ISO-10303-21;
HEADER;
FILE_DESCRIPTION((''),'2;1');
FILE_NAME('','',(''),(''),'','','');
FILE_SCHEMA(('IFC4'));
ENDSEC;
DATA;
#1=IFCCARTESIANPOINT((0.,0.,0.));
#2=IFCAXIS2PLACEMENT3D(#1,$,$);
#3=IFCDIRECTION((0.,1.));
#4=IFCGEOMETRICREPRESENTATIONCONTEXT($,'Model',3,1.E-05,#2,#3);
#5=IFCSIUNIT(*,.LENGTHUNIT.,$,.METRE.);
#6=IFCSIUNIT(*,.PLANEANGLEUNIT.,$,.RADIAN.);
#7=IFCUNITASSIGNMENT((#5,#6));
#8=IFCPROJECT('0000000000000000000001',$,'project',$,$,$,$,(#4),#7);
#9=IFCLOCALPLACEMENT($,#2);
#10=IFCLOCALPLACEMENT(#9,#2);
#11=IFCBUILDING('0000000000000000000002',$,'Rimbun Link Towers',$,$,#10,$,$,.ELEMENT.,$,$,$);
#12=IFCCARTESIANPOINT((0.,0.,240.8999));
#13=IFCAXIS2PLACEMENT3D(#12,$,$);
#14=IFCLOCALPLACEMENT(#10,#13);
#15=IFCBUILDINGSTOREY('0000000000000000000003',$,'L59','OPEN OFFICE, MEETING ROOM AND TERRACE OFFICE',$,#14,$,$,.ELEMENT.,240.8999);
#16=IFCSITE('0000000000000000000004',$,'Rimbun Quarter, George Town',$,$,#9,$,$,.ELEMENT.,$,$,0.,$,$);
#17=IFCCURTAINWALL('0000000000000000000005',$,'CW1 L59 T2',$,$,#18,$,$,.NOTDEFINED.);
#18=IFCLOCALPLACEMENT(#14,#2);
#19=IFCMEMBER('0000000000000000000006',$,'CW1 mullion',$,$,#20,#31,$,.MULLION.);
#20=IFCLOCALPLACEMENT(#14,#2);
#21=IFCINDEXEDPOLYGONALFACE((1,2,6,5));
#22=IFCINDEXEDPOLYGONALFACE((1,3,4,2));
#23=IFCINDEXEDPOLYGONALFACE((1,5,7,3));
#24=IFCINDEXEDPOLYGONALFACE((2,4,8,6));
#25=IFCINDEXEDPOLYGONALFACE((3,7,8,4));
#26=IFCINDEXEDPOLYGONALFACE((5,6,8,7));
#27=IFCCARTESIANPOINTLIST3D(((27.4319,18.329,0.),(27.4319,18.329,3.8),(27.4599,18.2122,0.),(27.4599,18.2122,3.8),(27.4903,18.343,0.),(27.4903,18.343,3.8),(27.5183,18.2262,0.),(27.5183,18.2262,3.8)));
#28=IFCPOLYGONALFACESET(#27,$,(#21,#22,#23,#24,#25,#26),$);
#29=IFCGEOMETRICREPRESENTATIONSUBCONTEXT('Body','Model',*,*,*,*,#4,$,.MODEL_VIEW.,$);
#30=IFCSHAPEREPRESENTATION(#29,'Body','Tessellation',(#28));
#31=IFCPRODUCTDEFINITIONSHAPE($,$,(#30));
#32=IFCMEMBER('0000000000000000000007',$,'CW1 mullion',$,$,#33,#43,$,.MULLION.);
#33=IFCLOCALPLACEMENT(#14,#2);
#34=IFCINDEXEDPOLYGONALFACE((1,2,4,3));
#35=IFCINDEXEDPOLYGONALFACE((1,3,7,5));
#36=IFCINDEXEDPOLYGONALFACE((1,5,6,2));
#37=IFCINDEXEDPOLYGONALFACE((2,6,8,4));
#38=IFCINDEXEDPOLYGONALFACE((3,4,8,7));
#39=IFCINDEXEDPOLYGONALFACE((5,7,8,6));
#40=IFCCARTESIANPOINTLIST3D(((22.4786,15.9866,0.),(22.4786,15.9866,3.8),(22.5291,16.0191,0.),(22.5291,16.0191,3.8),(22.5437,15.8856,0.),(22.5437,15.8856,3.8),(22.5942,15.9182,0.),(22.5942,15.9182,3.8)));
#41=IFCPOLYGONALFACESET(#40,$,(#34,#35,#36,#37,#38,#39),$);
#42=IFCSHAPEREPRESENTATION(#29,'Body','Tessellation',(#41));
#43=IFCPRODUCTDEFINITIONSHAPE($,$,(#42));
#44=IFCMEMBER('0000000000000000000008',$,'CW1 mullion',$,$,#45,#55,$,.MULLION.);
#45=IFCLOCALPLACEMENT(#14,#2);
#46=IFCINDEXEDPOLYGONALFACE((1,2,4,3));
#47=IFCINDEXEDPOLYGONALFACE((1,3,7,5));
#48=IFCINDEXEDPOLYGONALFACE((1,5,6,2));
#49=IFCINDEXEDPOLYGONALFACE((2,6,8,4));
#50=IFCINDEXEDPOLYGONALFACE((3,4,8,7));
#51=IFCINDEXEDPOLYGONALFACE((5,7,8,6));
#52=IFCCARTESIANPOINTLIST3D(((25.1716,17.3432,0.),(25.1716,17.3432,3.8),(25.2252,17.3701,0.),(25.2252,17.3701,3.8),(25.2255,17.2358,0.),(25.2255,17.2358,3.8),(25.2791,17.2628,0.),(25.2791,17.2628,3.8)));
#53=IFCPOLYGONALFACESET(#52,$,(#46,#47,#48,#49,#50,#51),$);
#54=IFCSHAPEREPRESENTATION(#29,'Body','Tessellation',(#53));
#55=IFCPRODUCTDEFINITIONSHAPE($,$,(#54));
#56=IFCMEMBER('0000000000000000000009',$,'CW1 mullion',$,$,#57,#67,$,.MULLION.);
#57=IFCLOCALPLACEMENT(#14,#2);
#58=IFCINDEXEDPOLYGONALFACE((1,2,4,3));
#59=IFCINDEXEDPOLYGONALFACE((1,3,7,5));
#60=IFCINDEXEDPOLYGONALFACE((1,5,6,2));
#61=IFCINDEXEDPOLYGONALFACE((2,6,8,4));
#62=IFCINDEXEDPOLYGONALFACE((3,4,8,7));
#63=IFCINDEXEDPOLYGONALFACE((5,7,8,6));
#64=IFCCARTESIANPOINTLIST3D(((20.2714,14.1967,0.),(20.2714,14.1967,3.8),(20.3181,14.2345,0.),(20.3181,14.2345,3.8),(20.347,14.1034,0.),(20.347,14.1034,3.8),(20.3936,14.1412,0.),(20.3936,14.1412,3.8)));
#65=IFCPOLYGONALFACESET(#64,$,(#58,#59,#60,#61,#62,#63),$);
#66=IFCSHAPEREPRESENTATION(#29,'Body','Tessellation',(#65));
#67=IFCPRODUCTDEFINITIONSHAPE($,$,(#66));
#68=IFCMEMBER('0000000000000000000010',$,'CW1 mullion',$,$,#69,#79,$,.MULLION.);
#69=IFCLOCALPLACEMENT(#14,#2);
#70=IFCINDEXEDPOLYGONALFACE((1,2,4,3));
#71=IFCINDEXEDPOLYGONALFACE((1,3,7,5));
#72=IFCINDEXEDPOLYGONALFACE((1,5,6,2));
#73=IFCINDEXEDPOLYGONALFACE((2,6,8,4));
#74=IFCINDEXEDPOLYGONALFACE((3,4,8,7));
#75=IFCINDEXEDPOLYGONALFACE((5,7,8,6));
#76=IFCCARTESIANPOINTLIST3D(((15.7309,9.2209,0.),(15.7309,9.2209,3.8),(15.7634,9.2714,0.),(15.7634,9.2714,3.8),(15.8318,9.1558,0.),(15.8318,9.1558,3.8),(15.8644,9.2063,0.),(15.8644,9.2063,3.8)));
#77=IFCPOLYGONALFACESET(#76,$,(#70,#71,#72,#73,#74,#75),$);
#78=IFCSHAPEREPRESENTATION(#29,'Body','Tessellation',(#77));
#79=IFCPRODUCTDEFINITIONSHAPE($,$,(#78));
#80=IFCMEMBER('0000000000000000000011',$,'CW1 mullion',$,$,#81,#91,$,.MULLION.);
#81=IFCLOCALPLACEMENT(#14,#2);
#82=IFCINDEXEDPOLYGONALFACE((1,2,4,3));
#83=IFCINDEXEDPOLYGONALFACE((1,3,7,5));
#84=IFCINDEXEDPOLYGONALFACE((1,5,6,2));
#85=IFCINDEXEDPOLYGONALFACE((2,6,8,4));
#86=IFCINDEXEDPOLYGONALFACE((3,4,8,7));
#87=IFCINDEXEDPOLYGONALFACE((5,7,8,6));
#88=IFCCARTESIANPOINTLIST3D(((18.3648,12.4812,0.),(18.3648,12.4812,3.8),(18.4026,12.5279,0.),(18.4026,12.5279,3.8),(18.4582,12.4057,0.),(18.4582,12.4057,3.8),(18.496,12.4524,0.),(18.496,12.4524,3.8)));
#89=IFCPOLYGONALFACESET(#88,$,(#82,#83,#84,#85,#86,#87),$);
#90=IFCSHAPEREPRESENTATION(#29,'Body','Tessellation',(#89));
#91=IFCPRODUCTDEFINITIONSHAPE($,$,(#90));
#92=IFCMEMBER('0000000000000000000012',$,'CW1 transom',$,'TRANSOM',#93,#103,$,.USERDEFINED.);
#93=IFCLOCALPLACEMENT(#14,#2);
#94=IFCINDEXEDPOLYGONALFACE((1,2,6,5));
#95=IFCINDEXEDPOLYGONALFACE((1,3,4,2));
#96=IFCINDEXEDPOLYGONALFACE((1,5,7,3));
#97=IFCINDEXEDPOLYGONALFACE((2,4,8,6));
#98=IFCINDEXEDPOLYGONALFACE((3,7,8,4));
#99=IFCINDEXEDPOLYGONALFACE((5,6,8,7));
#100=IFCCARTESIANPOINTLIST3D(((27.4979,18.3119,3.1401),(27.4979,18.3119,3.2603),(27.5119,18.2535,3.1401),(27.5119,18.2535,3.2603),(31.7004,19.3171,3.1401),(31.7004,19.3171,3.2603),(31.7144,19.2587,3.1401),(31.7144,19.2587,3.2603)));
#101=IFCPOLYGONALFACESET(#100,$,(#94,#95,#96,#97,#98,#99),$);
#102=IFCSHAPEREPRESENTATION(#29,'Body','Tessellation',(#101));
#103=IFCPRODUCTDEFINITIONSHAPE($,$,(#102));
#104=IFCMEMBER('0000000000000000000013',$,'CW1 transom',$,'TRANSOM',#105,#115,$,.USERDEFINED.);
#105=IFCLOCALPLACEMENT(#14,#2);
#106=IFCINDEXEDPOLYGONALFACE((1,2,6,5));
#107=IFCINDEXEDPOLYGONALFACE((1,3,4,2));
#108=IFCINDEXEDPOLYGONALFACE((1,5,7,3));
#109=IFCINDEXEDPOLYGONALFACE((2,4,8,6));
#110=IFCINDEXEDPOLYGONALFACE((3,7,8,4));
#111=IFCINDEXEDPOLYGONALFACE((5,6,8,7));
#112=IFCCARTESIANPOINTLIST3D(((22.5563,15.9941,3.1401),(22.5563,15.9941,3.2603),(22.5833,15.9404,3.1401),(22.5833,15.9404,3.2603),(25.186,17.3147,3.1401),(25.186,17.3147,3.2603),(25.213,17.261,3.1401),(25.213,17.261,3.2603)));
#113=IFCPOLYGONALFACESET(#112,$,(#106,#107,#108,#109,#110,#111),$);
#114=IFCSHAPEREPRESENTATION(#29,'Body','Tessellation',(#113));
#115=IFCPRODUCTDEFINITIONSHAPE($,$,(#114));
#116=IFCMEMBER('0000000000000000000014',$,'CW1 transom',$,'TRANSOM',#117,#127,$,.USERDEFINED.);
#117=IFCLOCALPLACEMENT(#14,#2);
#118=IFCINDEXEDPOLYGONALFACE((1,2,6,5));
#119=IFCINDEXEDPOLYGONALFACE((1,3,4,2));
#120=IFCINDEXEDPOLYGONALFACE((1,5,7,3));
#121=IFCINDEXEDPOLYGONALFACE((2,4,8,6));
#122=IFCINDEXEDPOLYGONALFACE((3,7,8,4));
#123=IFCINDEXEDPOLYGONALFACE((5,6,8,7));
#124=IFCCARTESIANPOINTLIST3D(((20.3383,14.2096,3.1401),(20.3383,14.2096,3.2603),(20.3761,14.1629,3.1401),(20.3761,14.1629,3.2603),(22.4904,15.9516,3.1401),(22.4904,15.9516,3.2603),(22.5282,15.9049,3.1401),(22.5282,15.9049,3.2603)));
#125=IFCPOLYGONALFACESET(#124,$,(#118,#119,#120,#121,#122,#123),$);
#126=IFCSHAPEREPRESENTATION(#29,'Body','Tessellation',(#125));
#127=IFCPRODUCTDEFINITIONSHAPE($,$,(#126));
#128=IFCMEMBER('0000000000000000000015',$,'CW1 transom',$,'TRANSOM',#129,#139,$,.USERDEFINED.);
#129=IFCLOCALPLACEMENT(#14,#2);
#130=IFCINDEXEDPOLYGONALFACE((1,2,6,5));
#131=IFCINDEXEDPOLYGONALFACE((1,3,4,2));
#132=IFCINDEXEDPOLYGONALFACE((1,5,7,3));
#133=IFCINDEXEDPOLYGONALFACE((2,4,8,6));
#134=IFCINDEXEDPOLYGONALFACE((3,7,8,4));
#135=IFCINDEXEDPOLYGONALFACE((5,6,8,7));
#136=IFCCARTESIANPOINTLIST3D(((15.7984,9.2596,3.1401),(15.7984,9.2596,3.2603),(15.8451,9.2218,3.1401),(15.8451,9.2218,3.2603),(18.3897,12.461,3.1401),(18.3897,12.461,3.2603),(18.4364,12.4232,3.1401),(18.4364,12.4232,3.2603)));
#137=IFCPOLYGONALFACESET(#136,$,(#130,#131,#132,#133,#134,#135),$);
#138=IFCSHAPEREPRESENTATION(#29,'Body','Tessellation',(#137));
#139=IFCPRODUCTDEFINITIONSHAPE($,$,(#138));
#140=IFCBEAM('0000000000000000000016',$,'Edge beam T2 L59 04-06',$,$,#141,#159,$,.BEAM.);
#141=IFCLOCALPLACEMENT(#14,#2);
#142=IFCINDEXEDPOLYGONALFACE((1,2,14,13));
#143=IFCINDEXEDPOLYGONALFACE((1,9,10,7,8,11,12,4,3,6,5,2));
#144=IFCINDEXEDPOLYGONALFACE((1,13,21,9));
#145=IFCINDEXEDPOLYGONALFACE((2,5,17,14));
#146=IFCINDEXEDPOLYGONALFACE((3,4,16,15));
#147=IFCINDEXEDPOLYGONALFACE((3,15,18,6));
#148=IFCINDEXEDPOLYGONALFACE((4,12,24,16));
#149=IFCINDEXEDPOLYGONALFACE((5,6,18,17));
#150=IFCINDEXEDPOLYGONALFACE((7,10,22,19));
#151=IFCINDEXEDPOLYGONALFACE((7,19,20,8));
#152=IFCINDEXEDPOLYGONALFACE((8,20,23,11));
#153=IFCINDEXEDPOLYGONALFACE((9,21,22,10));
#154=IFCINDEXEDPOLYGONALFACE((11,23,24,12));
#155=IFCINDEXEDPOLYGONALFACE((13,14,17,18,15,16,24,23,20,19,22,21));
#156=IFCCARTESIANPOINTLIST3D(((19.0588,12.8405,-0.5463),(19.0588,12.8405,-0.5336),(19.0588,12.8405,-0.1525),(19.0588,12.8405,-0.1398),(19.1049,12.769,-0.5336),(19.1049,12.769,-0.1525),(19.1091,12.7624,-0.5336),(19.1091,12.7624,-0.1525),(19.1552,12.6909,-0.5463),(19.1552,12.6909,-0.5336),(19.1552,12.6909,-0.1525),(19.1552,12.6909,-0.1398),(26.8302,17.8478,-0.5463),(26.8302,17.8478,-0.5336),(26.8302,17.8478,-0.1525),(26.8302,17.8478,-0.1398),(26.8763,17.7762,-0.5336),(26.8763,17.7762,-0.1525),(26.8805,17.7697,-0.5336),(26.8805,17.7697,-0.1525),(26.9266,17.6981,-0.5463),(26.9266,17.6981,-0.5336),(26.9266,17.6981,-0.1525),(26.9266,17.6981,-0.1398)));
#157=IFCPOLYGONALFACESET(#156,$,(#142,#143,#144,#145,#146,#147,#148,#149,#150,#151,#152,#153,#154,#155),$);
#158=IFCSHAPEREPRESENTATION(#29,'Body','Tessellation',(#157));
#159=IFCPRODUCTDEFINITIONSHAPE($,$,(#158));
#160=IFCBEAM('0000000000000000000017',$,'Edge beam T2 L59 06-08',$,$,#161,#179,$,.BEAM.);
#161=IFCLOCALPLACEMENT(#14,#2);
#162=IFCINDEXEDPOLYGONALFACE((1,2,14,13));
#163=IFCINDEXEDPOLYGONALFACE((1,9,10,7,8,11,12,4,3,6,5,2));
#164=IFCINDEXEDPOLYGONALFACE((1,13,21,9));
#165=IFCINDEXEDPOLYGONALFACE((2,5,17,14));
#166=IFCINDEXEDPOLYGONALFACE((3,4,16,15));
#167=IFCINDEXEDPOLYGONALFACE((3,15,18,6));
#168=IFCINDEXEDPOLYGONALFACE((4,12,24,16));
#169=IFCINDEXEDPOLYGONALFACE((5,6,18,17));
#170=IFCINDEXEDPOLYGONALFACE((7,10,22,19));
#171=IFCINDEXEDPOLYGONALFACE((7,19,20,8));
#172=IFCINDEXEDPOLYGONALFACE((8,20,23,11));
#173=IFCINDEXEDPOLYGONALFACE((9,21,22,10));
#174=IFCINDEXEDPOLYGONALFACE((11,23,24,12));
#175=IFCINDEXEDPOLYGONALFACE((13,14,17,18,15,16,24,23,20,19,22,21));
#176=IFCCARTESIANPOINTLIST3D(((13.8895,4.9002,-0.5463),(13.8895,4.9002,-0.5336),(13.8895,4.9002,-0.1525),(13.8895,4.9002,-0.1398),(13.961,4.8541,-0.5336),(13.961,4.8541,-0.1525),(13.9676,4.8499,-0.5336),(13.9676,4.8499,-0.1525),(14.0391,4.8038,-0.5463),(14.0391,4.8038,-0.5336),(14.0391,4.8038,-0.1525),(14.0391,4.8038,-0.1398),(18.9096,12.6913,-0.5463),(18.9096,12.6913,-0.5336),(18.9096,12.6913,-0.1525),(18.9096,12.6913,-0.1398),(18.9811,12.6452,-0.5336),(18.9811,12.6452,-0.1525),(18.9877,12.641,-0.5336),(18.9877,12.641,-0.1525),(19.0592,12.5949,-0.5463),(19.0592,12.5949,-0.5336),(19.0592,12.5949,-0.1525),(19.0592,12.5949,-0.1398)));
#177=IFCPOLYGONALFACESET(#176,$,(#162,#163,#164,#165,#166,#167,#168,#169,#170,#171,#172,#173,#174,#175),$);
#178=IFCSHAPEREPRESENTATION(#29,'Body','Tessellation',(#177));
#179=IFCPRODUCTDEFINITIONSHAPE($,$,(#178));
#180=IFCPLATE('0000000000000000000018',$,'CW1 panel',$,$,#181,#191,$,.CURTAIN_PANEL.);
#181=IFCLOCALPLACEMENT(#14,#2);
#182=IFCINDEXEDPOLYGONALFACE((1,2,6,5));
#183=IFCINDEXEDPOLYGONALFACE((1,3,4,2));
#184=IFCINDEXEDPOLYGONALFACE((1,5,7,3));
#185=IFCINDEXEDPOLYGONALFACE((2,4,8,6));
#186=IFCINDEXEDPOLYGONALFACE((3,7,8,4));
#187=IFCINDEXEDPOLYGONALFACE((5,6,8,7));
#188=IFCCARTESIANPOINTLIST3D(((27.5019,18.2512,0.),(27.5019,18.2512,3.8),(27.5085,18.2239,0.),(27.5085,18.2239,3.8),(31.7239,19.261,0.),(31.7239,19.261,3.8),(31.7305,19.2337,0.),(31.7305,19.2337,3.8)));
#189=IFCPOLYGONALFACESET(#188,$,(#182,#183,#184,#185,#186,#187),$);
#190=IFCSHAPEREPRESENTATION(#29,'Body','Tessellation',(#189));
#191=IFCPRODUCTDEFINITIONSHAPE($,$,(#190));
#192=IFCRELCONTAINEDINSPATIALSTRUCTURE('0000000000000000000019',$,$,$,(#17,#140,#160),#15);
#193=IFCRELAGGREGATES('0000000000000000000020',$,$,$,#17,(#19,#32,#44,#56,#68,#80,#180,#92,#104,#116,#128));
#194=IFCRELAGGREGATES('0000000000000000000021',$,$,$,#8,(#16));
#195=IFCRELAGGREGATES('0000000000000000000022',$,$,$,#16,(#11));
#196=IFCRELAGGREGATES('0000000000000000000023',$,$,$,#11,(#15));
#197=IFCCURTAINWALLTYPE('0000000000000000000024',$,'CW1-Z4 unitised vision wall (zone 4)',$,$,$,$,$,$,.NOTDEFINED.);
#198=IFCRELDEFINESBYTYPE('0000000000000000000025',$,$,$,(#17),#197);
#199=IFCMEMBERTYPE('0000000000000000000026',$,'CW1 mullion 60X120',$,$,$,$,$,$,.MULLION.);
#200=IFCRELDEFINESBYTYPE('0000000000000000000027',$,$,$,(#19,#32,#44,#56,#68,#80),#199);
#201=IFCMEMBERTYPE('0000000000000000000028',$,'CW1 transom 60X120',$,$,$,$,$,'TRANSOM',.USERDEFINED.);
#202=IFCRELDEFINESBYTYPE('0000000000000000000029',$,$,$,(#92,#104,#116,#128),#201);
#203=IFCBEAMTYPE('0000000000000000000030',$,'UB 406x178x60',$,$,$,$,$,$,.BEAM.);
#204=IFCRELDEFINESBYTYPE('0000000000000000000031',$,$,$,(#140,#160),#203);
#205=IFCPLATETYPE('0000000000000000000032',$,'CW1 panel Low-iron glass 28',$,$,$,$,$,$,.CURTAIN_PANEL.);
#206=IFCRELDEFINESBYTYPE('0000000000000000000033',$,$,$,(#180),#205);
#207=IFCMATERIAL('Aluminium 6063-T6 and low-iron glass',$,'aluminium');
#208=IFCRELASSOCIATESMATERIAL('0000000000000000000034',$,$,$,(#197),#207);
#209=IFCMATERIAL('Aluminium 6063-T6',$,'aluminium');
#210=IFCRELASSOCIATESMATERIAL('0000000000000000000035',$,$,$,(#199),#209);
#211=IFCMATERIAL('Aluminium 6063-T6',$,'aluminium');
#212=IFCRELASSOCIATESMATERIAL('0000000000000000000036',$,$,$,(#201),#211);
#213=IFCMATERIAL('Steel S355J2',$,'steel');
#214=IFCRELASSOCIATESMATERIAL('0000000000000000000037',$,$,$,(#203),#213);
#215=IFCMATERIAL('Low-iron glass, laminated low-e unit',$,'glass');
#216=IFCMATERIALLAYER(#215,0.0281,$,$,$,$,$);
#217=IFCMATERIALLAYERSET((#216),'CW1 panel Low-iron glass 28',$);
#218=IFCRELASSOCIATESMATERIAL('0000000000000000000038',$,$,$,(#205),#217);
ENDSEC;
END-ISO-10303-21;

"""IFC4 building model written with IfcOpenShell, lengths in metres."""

from ifc_helpers import new_model, si_unit, direction, frame, origin, origin_2d, place, context, subcontext, project, spatial, rectangle, i_section, extrude, material, layer, layer_set, material_profile, profile_set, type_object, element, aggregate, save


model = new_model("IFC4")

# Units and contexts
model_context = context("Model", 3, precision=1e-05, world=origin(), true_north=direction((0.0, 1.0)))
body_context = subcontext(model_context, "Body", "Model", "MODEL_VIEW")
ifc_project = project(units=[si_unit("LENGTHUNIT", "METRE"), si_unit("PLANEANGLEUNIT", "RADIAN")], contexts=[model_context])

# Site, building, storey
site_placement = place(None, origin())
site = spatial("IfcSite", under=ifc_project, at=site_placement, Name="Rimbun Quarter, George Town", CompositionType="ELEMENT", RefElevation=0.0)
building_placement = place(site_placement, origin())
building = spatial("IfcBuilding", under=site, at=building_placement, Name="Rimbun Link Towers", CompositionType="ELEMENT")
storey_placement = place(building_placement, frame((0.0, 0.0, 240.8999)))
storey = spatial("IfcBuildingStorey", under=building, at=storey_placement, Name="L59", Description="OPEN OFFICE, MEETING ROOM AND TERRACE OFFICE", CompositionType="ELEMENT", Elevation=240.8999)

# Curtain wall, members
ifc_material_1 = material(Name="Aluminium 6063-T6 and low-iron glass", Category="aluminium")
curtain_wall_type = type_object("IfcCurtainWallType", Name="CW1-Z4 unitised vision wall (zone 4)", PredefinedType="NOTDEFINED", material=ifc_material_1)
curtain_wall_placement = place(storey_placement, origin())
curtain_wall = element("IfcCurtainWall", 1, at=curtain_wall_placement, inside=storey, type_object=curtain_wall_type, Name="CW1 L59 T2", PredefinedType="NOTDEFINED")
ifc_material_2 = material(Name="Aluminium 6063-T6", Category="aluminium")
ifc_material_profile_1 = material_profile(ifc_material_2, rectangle(XDim=0.1201, YDim=0.0601, at=origin_2d()), Name="MULLION 60X120")
ifc_profile_set_1 = profile_set([ifc_material_profile_1], Name="Aluminium 6063-T6")
member_type_1 = type_object("IfcMemberType", Name="CW1 mullion 60X120", PredefinedType="MULLION", material=ifc_profile_set_1)
member_1_placement = place(storey_placement, frame((27.4751, 18.2776, 0.0), z_axis=(0.0, 0.0, 1.0), x_axis=(-0.232603, 0.972572, 0.0)))
member_1 = element("IfcMember", 2, at=member_1_placement, type_object=member_type_1, Name="CW1 mullion", PredefinedType="MULLION", context=body_context, shape_type="SweptSolid", body=[
    extrude(rectangle(XDim=0.1201, YDim=0.0601, at=origin_2d()), origin(), (0.0, 0.0, 1.0), 3.8),
])
member_2_placement = place(storey_placement, frame((22.5364, 15.9524, 0.0), z_axis=(0.0, 0.0, 1.0), x_axis=(-0.542095, 0.840317, 0.0)))
member_2 = element("IfcMember", 3, at=member_2_placement, type_object=member_type_1, Name="CW1 mullion", PredefinedType="MULLION", context=body_context, shape_type="SweptSolid", body=[
    extrude(rectangle(XDim=0.1201, YDim=0.0601, at=origin_2d()), origin(), (0.0, 0.0, 1.0), 3.8),
])
member_3_placement = place(storey_placement, frame((25.2253, 17.303, 0.0), z_axis=(0.0, 0.0, 1.0), x_axis=(-0.448779, 0.893643, 0.0)))
member_3 = element("IfcMember", 4, at=member_3_placement, type_object=member_type_1, Name="CW1 mullion", PredefinedType="MULLION", context=body_context, shape_type="SweptSolid", body=[
    extrude(rectangle(XDim=0.1201, YDim=0.0601, at=origin_2d()), origin(), (0.0, 0.0, 1.0), 3.8),
])
member_4_placement = place(storey_placement, frame((20.3325, 14.1689, 0.0), z_axis=(0.0, 0.0, 1.0), x_axis=(-0.629148, 0.777285, 0.0)))
member_4 = element("IfcMember", 5, at=member_4_placement, type_object=member_type_1, Name="CW1 mullion", PredefinedType="MULLION", context=body_context, shape_type="SweptSolid", body=[
    extrude(rectangle(XDim=0.1201, YDim=0.0601, at=origin_2d()), origin(), (0.0, 0.0, 1.0), 3.8),
])
member_5_placement = place(storey_placement, frame((15.7976, 9.2136, 0.0), z_axis=(0.0, 0.0, 1.0), x_axis=(-0.840317, 0.542095, 0.0)))
member_5 = element("IfcMember", 6, at=member_5_placement, type_object=member_type_1, Name="CW1 mullion", PredefinedType="MULLION", context=body_context, shape_type="SweptSolid", body=[
    extrude(rectangle(XDim=0.1201, YDim=0.0601, at=origin_2d()), origin(), (0.0, 0.0, 1.0), 3.8),
])
member_6_placement = place(storey_placement, frame((18.4304, 12.4668, 0.0), z_axis=(0.0, 0.0, 1.0), x_axis=(-0.777285, 0.629148, 0.0)))
member_6 = element("IfcMember", 7, at=member_6_placement, type_object=member_type_1, Name="CW1 mullion", PredefinedType="MULLION", context=body_context, shape_type="SweptSolid", body=[
    extrude(rectangle(XDim=0.1201, YDim=0.0601, at=origin_2d()), origin(), (0.0, 0.0, 1.0), 3.8),
])
ifc_material_3 = material(Name="Aluminium 6063-T6", Category="aluminium")
ifc_material_profile_2 = material_profile(ifc_material_3, rectangle(XDim=0.0601, YDim=0.1201, at=origin_2d()), Name="TRANSOM 60X120")
ifc_profile_set_2 = profile_set([ifc_material_profile_2], Name="Aluminium 6063-T6")
member_type_2 = type_object("IfcMemberType", Name="CW1 transom 60X120", ElementType="TRANSOM", PredefinedType="USERDEFINED", material=ifc_profile_set_2)
member_7_placement = place(storey_placement, frame((27.5049, 18.2827, 3.2002), z_axis=(0.972568, 0.232619, 0.0), x_axis=(-0.232619, 0.972568, 0.0)))
member_7 = element("IfcMember", 8, at=member_7_placement, type_object=member_type_2, Name="CW1 transom", ObjectType="TRANSOM", PredefinedType="USERDEFINED", context=body_context, shape_type="SweptSolid", body=[
    extrude(rectangle(XDim=0.0601, YDim=0.1201, at=origin_2d()), origin(), (0.0, 0.0, 1.0), 4.321),
])
member_8_placement = place(storey_placement, frame((22.5698, 15.9673, 3.2002), z_axis=(0.893646, 0.448773, 0.0), x_axis=(-0.448773, 0.893646, 0.0)))
member_8 = element("IfcMember", 9, at=member_8_placement, type_object=member_type_2, Name="CW1 transom", ObjectType="TRANSOM", PredefinedType="USERDEFINED", context=body_context, shape_type="SweptSolid", body=[
    extrude(rectangle(XDim=0.0601, YDim=0.1201, at=origin_2d()), origin(), (0.0, 0.0, 1.0), 2.9426),
])
member_9_placement = place(storey_placement, frame((20.3572, 14.1863, 3.2002), z_axis=(0.777286, 0.629147, 0.0), x_axis=(-0.629147, 0.777286, 0.0)))
member_9 = element("IfcMember", 10, at=member_9_placement, type_object=member_type_2, Name="CW1 transom", ObjectType="TRANSOM", PredefinedType="USERDEFINED", context=body_context, shape_type="SweptSolid", body=[
    extrude(rectangle(XDim=0.0601, YDim=0.1201, at=origin_2d()), origin(), (0.0, 0.0, 1.0), 2.7688),
])
member_10_placement = place(storey_placement, frame((15.8218, 9.2407, 3.2002), z_axis=(0.629152, 0.777282, 0.0), x_axis=(-0.777282, 0.629152, 0.0)))
member_10 = element("IfcMember", 11, at=member_10_placement, type_object=member_type_2, Name="CW1 transom", ObjectType="TRANSOM", PredefinedType="USERDEFINED", context=body_context, shape_type="SweptSolid", body=[
    extrude(rectangle(XDim=0.0601, YDim=0.1201, at=origin_2d()), origin(), (0.0, 0.0, 1.0), 4.1187),
])

# Beams
ifc_material_4 = material(Name="Steel S355J2", Category="steel")
ifc_material_profile_3 = material_profile(ifc_material_4, i_section(OverallWidth=0.178, OverallDepth=0.4065, WebThickness=0.0078, FlangeThickness=0.0127, at=origin_2d()), Name="UB 406x178x60")
ifc_profile_set_3 = profile_set([ifc_material_profile_3], Name="Steel S355J2")
beam_type = type_object("IfcBeamType", Name="UB 406x178x60", PredefinedType="BEAM", material=ifc_profile_set_3)
beam_1_placement = place(storey_placement, frame((26.8784, 17.7729, -0.343), z_axis=(-0.840619, -0.541628, 0.0), x_axis=(0.541628, -0.840619, 0.0)))
element("IfcBeam", 12, at=beam_1_placement, inside=storey, type_object=beam_type, Name="Edge beam T2 L59 04-06", PredefinedType="BEAM", context=body_context, shape_type="SweptSolid", body=[
    extrude(i_section(OverallWidth=0.178, OverallDepth=0.4065, WebThickness=0.0078, FlangeThickness=0.0127, at=origin_2d()), origin(), (0.0, 0.0, 1.0), 9.2449),
])
beam_2_placement = place(storey_placement, frame((18.9844, 12.6431, -0.343), z_axis=(-0.541636, -0.840613, 0.0), x_axis=(0.840613, -0.541636, 0.0)))
element("IfcBeam", 13, at=beam_2_placement, inside=storey, type_object=beam_type, Name="Edge beam T2 L59 06-08", PredefinedType="BEAM", context=body_context, shape_type="SweptSolid", body=[
    extrude(i_section(OverallWidth=0.178, OverallDepth=0.4065, WebThickness=0.0078, FlangeThickness=0.0127, at=origin_2d()), origin(), (0.0, 0.0, 1.0), 9.2683),
])

# Plate
ifc_material_5 = material(Name="Low-iron glass, laminated low-e unit", Category="glass")
ifc_layer_1 = layer(ifc_material_5, 0.0281)
ifc_layer_set_1 = layer_set([ifc_layer_1], Name="CW1 panel Low-iron glass 28")
plate_type = type_object("IfcPlateType", Name="CW1 panel Low-iron glass 28", PredefinedType="CURTAIN_PANEL", material=ifc_layer_set_1)
plate_1_placement = place(storey_placement, frame((29.6162, 18.7424, 0.0), z_axis=(0.0, 0.0, 1.0), x_axis=(0.972572, 0.232603, 0.0)))
plate_1 = element("IfcPlate", 14, at=plate_1_placement, type_object=plate_type, Name="CW1 panel", PredefinedType="CURTAIN_PANEL", context=body_context, shape_type="SweptSolid", body=[
    extrude(rectangle(XDim=4.3411, YDim=0.0281, at=origin_2d()), origin(), (0.0, 0.0, 1.0), 3.8),
])
aggregate(curtain_wall, [member_1, member_2, member_3, member_4, member_5, member_6, plate_1, member_7, member_8, member_9, member_10])

save(model, "model.ifc")
